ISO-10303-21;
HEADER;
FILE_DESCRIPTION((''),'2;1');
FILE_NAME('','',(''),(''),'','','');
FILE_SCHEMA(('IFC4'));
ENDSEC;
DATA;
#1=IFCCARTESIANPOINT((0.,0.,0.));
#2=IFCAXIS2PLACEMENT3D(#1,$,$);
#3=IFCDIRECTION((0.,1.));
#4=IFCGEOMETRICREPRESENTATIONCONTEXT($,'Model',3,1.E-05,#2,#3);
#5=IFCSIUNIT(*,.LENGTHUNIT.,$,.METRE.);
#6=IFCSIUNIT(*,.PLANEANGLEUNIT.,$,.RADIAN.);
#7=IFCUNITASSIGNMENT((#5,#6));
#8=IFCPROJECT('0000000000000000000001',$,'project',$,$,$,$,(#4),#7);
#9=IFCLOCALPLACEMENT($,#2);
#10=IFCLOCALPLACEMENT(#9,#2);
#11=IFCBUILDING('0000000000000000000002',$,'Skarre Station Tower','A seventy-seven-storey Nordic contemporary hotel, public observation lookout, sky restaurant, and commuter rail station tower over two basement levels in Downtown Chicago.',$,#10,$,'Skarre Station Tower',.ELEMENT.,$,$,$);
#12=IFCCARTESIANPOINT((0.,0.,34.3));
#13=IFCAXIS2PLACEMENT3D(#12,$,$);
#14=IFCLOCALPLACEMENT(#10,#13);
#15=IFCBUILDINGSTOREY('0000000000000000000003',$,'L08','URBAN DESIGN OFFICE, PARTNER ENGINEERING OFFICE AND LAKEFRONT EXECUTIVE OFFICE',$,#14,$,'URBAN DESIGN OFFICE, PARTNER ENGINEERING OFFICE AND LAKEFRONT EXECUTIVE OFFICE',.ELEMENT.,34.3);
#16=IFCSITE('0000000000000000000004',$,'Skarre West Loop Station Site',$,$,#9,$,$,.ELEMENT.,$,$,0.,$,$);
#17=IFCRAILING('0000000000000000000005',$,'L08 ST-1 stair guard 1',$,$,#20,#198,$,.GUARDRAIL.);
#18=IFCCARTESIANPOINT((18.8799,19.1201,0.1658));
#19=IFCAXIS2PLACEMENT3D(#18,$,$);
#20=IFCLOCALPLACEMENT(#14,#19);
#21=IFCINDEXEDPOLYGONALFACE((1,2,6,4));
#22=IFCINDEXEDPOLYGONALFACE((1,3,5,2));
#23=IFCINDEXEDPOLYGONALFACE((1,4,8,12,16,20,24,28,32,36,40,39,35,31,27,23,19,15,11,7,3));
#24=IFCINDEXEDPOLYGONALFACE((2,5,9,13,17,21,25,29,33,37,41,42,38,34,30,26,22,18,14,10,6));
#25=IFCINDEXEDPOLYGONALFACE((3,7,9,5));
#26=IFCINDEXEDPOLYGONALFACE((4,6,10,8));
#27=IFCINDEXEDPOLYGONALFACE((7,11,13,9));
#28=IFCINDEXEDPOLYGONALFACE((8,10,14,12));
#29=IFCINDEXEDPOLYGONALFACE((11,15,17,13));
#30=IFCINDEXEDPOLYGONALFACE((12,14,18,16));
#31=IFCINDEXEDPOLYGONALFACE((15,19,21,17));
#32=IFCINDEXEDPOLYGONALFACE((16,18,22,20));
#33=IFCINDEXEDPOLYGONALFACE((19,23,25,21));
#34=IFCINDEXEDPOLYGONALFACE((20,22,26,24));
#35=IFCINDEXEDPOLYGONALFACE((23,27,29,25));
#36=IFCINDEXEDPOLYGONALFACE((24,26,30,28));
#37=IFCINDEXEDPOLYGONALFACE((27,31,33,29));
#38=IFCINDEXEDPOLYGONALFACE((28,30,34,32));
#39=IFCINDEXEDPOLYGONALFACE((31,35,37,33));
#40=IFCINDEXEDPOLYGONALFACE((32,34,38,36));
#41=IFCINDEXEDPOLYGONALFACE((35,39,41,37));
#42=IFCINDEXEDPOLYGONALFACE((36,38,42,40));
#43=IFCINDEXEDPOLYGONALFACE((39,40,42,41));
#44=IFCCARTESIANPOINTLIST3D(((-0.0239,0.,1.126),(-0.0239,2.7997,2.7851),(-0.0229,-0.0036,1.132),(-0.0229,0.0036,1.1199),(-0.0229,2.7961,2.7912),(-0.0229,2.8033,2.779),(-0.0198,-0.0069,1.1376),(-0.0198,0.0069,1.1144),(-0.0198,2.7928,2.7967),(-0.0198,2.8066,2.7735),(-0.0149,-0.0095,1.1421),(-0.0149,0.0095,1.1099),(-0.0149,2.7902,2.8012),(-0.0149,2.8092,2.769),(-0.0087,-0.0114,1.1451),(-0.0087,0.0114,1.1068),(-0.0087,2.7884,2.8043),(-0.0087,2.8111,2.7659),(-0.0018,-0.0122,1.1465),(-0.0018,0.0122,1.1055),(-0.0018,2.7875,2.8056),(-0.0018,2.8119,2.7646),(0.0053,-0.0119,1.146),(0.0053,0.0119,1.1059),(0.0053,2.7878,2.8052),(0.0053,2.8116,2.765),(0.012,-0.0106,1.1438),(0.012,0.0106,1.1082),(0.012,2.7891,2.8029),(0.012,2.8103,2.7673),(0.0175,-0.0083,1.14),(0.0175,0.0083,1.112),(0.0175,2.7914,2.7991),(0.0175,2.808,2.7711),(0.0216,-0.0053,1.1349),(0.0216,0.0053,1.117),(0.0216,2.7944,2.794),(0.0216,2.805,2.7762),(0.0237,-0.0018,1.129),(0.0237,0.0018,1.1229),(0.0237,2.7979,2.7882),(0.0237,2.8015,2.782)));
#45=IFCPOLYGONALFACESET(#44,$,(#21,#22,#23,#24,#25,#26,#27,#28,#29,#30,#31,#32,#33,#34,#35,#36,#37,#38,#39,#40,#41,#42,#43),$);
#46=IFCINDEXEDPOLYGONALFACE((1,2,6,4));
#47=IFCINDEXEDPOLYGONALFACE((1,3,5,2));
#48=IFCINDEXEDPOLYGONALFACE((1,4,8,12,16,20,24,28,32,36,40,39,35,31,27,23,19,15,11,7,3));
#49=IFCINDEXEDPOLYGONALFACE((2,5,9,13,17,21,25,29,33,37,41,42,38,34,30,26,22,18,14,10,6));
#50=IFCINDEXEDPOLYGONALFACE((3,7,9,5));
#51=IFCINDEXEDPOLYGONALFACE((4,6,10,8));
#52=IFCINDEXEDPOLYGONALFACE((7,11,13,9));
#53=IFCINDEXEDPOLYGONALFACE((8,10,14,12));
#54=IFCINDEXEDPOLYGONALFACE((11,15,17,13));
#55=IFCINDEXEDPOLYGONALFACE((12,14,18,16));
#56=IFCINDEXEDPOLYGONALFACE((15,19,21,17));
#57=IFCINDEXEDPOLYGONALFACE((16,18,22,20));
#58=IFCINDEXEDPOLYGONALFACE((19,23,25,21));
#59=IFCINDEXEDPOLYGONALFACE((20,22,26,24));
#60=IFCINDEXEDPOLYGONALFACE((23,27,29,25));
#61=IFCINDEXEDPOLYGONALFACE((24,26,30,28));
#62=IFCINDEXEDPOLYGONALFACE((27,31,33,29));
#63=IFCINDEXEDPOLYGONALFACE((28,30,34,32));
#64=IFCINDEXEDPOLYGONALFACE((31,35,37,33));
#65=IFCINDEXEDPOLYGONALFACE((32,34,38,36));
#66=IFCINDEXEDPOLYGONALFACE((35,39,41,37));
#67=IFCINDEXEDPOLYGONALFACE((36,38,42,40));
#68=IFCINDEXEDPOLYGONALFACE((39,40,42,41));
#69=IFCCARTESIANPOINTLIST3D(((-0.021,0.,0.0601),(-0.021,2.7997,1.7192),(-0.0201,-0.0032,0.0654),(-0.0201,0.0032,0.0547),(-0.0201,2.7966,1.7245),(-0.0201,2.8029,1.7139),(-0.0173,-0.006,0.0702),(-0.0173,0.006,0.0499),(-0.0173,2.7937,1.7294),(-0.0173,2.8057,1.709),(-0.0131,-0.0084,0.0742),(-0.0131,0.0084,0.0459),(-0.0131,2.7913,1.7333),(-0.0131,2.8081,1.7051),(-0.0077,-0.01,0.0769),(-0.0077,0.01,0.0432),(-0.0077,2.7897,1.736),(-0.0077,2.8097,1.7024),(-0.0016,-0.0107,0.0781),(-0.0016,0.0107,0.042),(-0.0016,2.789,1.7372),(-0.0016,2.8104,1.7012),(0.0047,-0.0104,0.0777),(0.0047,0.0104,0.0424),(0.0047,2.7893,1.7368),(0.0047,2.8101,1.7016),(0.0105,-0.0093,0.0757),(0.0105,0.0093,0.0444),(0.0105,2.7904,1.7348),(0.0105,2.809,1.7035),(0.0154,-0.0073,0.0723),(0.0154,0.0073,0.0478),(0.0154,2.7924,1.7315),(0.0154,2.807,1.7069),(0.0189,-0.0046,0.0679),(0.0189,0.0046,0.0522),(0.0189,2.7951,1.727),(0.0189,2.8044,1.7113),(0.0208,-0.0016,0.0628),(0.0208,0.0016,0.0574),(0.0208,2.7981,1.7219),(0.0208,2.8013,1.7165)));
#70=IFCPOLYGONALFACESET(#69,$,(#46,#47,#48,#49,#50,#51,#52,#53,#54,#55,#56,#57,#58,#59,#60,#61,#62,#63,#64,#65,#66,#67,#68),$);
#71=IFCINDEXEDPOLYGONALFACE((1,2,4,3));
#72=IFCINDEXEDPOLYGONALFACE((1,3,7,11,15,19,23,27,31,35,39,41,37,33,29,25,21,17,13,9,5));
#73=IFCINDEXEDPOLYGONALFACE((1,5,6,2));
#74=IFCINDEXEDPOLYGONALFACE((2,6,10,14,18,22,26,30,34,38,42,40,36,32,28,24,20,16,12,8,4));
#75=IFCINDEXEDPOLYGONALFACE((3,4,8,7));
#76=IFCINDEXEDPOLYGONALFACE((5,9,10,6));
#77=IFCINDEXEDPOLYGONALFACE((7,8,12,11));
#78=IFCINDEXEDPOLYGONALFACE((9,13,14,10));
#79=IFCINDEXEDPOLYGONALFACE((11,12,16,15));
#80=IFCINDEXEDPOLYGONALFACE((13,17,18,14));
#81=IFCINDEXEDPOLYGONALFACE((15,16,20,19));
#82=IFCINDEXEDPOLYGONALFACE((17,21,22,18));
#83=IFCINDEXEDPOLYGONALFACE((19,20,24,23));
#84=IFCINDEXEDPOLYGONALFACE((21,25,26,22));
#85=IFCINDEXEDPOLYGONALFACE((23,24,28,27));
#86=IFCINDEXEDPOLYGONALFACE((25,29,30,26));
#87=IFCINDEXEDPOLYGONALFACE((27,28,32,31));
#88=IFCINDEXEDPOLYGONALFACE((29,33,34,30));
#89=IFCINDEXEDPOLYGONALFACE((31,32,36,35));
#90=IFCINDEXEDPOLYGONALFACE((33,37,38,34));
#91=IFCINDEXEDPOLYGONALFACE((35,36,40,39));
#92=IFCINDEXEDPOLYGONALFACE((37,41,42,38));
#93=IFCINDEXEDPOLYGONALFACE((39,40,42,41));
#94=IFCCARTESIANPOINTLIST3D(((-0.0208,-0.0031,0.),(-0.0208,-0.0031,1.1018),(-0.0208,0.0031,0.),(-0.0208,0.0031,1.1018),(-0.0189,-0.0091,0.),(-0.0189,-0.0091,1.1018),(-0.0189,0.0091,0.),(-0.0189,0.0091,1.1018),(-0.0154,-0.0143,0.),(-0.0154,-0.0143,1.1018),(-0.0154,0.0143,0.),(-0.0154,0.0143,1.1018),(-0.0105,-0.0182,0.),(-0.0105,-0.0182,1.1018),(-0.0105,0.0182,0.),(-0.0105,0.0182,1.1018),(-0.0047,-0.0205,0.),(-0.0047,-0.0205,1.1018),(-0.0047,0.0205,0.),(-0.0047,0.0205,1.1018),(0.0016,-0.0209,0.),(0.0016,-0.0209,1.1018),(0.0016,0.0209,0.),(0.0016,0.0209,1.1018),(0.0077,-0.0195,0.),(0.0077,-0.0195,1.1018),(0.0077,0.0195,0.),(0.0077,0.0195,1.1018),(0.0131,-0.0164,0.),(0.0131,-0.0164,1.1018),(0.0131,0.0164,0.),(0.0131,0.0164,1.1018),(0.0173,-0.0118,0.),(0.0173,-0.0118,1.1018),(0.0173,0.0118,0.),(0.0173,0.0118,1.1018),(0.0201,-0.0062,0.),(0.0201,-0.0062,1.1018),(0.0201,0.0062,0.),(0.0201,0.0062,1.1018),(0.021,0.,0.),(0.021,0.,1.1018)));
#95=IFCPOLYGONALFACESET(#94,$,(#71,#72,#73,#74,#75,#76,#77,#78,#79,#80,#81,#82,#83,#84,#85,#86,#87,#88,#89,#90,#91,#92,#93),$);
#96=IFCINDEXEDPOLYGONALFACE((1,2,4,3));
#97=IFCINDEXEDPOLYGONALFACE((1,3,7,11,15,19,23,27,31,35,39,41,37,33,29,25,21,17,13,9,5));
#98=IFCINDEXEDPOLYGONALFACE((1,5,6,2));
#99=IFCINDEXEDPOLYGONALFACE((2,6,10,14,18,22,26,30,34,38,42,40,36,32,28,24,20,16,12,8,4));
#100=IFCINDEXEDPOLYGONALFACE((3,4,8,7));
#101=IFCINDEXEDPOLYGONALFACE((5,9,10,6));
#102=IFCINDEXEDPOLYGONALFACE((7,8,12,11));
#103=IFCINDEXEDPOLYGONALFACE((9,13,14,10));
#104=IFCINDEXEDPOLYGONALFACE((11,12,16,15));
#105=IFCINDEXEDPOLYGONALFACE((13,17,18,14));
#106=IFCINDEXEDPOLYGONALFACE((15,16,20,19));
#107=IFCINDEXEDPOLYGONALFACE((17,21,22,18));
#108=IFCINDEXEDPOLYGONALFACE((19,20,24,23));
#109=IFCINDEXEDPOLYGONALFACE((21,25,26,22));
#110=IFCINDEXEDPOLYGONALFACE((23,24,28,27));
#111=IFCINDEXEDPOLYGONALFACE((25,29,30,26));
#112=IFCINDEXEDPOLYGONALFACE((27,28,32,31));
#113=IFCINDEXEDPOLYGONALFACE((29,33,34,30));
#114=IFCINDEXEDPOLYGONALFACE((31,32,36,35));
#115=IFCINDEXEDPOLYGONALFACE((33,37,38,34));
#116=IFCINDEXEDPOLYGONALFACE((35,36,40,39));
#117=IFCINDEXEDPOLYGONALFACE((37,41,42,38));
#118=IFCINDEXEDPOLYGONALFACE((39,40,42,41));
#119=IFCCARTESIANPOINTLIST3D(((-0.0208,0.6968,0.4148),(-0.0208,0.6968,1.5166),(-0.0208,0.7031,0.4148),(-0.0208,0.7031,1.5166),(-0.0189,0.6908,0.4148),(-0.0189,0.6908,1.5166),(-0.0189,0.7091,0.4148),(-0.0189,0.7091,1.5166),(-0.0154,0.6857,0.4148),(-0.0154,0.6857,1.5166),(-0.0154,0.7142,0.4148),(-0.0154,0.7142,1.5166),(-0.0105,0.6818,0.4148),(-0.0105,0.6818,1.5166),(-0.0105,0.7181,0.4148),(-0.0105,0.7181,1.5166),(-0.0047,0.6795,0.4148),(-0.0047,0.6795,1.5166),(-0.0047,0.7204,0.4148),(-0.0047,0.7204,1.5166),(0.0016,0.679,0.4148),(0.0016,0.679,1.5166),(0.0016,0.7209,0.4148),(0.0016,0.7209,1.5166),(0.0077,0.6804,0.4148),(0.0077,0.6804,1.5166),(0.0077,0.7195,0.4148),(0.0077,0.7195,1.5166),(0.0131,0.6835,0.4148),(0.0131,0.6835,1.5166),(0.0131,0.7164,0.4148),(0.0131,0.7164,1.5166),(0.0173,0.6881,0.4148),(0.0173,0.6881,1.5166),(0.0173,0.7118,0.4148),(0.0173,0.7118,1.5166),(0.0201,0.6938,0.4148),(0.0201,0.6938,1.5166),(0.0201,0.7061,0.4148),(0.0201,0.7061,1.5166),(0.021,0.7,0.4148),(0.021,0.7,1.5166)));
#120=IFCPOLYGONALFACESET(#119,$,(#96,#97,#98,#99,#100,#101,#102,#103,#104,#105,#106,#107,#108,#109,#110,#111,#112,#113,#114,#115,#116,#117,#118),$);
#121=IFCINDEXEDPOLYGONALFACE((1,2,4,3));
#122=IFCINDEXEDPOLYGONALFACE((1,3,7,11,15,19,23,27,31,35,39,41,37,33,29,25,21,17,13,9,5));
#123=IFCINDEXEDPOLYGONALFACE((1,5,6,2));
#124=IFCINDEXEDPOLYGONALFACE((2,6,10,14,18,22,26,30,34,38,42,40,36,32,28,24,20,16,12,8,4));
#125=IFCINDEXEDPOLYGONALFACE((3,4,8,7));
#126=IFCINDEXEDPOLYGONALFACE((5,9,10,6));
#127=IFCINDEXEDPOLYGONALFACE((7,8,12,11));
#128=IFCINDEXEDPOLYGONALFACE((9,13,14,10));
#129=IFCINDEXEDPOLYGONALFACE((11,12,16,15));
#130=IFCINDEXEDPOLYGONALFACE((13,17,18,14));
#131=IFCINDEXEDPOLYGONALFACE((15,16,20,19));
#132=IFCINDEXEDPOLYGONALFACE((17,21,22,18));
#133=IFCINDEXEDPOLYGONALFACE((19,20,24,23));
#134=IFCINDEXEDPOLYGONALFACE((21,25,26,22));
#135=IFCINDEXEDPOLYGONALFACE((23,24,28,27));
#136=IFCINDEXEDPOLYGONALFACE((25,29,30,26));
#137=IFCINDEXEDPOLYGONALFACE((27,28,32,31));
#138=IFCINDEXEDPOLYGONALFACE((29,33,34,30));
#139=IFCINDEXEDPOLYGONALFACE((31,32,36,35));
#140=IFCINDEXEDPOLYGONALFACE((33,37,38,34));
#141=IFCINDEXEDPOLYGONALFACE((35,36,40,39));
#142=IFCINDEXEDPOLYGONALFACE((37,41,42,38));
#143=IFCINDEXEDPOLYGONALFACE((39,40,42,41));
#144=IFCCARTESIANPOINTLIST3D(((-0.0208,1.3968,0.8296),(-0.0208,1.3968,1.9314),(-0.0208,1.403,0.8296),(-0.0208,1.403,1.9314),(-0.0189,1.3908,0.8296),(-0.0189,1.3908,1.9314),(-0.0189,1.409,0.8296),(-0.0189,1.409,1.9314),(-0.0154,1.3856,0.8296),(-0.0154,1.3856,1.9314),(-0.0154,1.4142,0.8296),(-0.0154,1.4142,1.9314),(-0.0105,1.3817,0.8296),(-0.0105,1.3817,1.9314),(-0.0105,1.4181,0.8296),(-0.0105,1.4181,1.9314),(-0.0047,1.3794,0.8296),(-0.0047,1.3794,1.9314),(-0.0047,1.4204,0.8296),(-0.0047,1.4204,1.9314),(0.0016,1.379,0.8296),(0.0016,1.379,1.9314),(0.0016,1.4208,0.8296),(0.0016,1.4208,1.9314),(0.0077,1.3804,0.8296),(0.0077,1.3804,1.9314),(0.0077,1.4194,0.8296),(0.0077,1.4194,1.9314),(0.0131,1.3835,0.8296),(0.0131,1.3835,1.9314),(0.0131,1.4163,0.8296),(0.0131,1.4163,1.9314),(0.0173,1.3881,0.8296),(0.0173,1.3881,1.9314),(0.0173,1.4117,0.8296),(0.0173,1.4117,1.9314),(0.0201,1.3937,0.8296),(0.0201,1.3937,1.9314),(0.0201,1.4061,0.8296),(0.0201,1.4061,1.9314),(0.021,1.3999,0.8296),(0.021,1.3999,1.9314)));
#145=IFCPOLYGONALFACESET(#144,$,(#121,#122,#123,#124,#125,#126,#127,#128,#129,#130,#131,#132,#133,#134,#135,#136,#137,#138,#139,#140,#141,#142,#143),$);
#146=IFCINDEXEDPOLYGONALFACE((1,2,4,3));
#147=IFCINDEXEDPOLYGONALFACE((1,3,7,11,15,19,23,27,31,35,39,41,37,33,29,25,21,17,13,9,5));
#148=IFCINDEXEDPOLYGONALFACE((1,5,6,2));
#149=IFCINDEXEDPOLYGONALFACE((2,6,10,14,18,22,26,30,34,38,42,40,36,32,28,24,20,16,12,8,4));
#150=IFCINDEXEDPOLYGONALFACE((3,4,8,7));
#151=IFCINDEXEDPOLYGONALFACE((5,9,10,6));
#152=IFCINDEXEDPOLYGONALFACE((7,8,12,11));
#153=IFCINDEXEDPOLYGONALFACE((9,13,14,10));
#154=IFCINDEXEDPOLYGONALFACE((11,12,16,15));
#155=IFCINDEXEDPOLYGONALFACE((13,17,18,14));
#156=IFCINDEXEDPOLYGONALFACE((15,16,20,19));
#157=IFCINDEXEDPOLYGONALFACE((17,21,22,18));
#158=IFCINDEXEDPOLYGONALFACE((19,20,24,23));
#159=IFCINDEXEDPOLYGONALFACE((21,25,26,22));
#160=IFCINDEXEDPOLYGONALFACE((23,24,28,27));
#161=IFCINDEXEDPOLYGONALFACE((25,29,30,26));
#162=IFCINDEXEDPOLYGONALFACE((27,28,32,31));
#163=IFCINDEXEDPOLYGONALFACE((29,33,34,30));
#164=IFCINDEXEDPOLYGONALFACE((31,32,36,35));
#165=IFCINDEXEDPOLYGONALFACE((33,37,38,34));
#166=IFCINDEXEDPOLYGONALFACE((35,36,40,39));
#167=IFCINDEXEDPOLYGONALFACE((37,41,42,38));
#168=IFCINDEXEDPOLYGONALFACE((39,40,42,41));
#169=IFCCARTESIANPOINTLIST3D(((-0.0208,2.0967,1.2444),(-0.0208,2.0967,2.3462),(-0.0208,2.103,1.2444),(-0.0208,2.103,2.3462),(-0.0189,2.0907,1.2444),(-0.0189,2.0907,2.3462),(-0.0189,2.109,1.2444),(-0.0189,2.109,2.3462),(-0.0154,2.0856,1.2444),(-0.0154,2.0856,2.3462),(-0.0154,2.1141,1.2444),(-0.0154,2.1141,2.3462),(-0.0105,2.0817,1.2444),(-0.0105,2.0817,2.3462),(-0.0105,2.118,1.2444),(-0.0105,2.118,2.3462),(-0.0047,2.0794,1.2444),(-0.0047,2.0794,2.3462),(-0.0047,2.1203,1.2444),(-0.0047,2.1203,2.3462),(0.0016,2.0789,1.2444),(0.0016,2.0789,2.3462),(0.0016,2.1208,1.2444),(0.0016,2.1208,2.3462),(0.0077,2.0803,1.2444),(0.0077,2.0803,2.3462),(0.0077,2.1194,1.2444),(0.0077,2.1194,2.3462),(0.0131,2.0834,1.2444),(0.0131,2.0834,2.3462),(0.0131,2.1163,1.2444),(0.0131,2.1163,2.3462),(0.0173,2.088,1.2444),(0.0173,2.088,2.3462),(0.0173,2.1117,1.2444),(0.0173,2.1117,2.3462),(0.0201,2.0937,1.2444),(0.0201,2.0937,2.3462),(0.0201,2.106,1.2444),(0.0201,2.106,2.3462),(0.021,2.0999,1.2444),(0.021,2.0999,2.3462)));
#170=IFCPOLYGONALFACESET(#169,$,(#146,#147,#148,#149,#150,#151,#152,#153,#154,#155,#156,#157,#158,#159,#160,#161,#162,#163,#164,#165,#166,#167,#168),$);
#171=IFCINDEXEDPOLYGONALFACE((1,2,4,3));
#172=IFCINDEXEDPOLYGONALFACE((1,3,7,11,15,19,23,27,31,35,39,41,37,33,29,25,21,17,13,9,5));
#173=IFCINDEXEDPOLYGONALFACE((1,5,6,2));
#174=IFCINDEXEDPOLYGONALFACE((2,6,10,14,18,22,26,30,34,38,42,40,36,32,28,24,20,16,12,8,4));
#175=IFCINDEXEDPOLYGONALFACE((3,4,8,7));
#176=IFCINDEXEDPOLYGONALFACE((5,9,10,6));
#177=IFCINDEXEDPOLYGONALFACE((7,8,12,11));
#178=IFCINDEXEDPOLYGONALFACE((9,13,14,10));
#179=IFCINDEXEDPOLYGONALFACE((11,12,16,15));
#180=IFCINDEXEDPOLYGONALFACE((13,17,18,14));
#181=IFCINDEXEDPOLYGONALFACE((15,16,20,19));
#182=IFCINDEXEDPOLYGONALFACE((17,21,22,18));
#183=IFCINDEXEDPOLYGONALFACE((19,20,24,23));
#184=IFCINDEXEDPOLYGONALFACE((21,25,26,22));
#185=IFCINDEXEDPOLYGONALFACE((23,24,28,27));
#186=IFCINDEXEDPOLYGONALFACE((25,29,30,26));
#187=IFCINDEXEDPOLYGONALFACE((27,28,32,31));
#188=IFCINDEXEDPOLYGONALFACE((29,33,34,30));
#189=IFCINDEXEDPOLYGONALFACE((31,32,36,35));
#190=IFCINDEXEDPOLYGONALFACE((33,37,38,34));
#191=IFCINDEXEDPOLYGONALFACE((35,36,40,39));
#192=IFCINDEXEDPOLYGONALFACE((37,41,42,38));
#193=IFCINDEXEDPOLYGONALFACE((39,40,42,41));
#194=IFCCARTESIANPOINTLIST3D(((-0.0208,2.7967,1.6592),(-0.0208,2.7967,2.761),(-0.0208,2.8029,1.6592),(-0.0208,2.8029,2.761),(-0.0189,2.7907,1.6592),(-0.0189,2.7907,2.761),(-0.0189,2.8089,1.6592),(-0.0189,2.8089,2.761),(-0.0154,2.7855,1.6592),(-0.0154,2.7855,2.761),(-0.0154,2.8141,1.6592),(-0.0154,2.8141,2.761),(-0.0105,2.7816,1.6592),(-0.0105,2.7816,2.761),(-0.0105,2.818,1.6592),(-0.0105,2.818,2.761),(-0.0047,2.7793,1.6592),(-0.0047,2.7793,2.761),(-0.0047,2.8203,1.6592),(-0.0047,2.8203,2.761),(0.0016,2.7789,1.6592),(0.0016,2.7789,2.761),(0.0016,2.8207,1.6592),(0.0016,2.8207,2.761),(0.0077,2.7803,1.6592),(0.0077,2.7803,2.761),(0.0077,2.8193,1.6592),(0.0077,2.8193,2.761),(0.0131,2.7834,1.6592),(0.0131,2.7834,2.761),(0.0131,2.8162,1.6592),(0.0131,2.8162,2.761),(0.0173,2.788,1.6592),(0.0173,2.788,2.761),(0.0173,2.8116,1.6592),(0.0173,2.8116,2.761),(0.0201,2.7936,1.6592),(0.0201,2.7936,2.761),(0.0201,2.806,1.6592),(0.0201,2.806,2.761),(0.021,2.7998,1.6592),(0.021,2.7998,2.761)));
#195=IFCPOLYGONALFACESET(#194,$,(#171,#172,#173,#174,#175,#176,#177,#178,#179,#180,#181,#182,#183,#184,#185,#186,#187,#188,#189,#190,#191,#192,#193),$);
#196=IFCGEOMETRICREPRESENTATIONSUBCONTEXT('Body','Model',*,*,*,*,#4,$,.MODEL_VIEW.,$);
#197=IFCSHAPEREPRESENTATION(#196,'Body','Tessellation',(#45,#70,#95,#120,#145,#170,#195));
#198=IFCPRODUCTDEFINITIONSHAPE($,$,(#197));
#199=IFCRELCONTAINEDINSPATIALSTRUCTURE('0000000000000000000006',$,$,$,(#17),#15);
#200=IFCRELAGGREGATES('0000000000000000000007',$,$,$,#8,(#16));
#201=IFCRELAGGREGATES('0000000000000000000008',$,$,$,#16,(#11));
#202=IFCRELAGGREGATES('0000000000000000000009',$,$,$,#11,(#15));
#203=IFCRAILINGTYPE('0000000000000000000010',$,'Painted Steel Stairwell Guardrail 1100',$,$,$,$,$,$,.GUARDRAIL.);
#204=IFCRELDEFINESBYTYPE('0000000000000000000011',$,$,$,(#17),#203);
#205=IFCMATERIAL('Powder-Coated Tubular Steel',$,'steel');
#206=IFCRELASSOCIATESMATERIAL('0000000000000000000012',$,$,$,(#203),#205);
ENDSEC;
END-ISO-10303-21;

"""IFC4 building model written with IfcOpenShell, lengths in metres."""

from ifc_helpers import new_model, si_unit, direction, frame, origin, origin_2d, place, context, subcontext, project, spatial, circle, extrude, material, type_object, element, save


model = new_model("IFC4")

# Units and contexts
model_context = context("Model", 3, precision=1e-05, world=origin(), true_north=direction((0.0, 1.0)))
body_context = subcontext(model_context, "Body", "Model", "MODEL_VIEW")
ifc_project = project(units=[si_unit("LENGTHUNIT", "METRE"), si_unit("PLANEANGLEUNIT", "RADIAN")], contexts=[model_context])

# Site, building, storey
site_placement = place(None, origin())
site = spatial("IfcSite", under=ifc_project, at=site_placement, Name="Skarre West Loop Station Site", CompositionType="ELEMENT", RefElevation=0.0)
building_placement = place(site_placement, origin())
building = spatial("IfcBuilding", under=site, at=building_placement, Name="Skarre Station Tower", Description="A seventy-seven-storey Nordic contemporary hotel, public observation lookout, sky restaurant, and commuter rail station tower over two basement levels in Downtown Chicago.", LongName="Skarre Station Tower", CompositionType="ELEMENT")
storey_placement = place(building_placement, frame((0.0, 0.0, 34.3)))
storey = spatial("IfcBuildingStorey", under=building, at=storey_placement, Name="L08", Description="URBAN DESIGN OFFICE, PARTNER ENGINEERING OFFICE AND LAKEFRONT EXECUTIVE OFFICE", LongName="URBAN DESIGN OFFICE, PARTNER ENGINEERING OFFICE AND LAKEFRONT EXECUTIVE OFFICE", CompositionType="ELEMENT", Elevation=34.3)

# Railing
ifc_material_1 = material(Name="Powder-Coated Tubular Steel", Category="steel")
railing_type_1 = type_object("IfcRailingType", Name="Painted Steel Stairwell Guardrail 1100", PredefinedType="GUARDRAIL", material=ifc_material_1)
railing_1_placement = place(storey_placement, frame((18.8799, 19.1201, 0.1658)))
element("IfcRailing", 1, at=railing_1_placement, inside=storey, type_object=railing_type_1, Name="L08 ST-1 stair guard 1", PredefinedType="GUARDRAIL", context=body_context, shape_type="SweptSolid", body=[
    extrude(circle(Radius=0.0239, at=origin_2d()), frame((0.0, 0.0, 1.126), z_axis=(0.0, 0.860287, 0.509811), x_axis=(-1.0, 0.0, 0.0)), (0.0, 0.0, 1.0), 3.2544),
    extrude(circle(Radius=0.021, at=origin_2d()), frame((0.0, 0.0, 0.0601), z_axis=(0.0, 0.860287, 0.509811), x_axis=(-1.0, 0.0, 0.0)), (0.0, 0.0, 1.0), 3.2544),
    extrude(circle(Radius=0.021, at=origin_2d()), origin(), (0.0, 0.0, 1.0), 1.1018),
    extrude(circle(Radius=0.021, at=origin_2d()), frame((0.0, 0.7, 0.4148)), (0.0, 0.0, 1.0), 1.1018),
    extrude(circle(Radius=0.021, at=origin_2d()), frame((0.0, 1.3999, 0.8296)), (0.0, 0.0, 1.0), 1.1018),
    extrude(circle(Radius=0.021, at=origin_2d()), frame((0.0, 2.0999, 1.2444)), (0.0, 0.0, 1.0), 1.1018),
    extrude(circle(Radius=0.021, at=origin_2d()), frame((0.0, 2.7998, 1.6592)), (0.0, 0.0, 1.0), 1.1018),
])

save(model, "model.ifc")
